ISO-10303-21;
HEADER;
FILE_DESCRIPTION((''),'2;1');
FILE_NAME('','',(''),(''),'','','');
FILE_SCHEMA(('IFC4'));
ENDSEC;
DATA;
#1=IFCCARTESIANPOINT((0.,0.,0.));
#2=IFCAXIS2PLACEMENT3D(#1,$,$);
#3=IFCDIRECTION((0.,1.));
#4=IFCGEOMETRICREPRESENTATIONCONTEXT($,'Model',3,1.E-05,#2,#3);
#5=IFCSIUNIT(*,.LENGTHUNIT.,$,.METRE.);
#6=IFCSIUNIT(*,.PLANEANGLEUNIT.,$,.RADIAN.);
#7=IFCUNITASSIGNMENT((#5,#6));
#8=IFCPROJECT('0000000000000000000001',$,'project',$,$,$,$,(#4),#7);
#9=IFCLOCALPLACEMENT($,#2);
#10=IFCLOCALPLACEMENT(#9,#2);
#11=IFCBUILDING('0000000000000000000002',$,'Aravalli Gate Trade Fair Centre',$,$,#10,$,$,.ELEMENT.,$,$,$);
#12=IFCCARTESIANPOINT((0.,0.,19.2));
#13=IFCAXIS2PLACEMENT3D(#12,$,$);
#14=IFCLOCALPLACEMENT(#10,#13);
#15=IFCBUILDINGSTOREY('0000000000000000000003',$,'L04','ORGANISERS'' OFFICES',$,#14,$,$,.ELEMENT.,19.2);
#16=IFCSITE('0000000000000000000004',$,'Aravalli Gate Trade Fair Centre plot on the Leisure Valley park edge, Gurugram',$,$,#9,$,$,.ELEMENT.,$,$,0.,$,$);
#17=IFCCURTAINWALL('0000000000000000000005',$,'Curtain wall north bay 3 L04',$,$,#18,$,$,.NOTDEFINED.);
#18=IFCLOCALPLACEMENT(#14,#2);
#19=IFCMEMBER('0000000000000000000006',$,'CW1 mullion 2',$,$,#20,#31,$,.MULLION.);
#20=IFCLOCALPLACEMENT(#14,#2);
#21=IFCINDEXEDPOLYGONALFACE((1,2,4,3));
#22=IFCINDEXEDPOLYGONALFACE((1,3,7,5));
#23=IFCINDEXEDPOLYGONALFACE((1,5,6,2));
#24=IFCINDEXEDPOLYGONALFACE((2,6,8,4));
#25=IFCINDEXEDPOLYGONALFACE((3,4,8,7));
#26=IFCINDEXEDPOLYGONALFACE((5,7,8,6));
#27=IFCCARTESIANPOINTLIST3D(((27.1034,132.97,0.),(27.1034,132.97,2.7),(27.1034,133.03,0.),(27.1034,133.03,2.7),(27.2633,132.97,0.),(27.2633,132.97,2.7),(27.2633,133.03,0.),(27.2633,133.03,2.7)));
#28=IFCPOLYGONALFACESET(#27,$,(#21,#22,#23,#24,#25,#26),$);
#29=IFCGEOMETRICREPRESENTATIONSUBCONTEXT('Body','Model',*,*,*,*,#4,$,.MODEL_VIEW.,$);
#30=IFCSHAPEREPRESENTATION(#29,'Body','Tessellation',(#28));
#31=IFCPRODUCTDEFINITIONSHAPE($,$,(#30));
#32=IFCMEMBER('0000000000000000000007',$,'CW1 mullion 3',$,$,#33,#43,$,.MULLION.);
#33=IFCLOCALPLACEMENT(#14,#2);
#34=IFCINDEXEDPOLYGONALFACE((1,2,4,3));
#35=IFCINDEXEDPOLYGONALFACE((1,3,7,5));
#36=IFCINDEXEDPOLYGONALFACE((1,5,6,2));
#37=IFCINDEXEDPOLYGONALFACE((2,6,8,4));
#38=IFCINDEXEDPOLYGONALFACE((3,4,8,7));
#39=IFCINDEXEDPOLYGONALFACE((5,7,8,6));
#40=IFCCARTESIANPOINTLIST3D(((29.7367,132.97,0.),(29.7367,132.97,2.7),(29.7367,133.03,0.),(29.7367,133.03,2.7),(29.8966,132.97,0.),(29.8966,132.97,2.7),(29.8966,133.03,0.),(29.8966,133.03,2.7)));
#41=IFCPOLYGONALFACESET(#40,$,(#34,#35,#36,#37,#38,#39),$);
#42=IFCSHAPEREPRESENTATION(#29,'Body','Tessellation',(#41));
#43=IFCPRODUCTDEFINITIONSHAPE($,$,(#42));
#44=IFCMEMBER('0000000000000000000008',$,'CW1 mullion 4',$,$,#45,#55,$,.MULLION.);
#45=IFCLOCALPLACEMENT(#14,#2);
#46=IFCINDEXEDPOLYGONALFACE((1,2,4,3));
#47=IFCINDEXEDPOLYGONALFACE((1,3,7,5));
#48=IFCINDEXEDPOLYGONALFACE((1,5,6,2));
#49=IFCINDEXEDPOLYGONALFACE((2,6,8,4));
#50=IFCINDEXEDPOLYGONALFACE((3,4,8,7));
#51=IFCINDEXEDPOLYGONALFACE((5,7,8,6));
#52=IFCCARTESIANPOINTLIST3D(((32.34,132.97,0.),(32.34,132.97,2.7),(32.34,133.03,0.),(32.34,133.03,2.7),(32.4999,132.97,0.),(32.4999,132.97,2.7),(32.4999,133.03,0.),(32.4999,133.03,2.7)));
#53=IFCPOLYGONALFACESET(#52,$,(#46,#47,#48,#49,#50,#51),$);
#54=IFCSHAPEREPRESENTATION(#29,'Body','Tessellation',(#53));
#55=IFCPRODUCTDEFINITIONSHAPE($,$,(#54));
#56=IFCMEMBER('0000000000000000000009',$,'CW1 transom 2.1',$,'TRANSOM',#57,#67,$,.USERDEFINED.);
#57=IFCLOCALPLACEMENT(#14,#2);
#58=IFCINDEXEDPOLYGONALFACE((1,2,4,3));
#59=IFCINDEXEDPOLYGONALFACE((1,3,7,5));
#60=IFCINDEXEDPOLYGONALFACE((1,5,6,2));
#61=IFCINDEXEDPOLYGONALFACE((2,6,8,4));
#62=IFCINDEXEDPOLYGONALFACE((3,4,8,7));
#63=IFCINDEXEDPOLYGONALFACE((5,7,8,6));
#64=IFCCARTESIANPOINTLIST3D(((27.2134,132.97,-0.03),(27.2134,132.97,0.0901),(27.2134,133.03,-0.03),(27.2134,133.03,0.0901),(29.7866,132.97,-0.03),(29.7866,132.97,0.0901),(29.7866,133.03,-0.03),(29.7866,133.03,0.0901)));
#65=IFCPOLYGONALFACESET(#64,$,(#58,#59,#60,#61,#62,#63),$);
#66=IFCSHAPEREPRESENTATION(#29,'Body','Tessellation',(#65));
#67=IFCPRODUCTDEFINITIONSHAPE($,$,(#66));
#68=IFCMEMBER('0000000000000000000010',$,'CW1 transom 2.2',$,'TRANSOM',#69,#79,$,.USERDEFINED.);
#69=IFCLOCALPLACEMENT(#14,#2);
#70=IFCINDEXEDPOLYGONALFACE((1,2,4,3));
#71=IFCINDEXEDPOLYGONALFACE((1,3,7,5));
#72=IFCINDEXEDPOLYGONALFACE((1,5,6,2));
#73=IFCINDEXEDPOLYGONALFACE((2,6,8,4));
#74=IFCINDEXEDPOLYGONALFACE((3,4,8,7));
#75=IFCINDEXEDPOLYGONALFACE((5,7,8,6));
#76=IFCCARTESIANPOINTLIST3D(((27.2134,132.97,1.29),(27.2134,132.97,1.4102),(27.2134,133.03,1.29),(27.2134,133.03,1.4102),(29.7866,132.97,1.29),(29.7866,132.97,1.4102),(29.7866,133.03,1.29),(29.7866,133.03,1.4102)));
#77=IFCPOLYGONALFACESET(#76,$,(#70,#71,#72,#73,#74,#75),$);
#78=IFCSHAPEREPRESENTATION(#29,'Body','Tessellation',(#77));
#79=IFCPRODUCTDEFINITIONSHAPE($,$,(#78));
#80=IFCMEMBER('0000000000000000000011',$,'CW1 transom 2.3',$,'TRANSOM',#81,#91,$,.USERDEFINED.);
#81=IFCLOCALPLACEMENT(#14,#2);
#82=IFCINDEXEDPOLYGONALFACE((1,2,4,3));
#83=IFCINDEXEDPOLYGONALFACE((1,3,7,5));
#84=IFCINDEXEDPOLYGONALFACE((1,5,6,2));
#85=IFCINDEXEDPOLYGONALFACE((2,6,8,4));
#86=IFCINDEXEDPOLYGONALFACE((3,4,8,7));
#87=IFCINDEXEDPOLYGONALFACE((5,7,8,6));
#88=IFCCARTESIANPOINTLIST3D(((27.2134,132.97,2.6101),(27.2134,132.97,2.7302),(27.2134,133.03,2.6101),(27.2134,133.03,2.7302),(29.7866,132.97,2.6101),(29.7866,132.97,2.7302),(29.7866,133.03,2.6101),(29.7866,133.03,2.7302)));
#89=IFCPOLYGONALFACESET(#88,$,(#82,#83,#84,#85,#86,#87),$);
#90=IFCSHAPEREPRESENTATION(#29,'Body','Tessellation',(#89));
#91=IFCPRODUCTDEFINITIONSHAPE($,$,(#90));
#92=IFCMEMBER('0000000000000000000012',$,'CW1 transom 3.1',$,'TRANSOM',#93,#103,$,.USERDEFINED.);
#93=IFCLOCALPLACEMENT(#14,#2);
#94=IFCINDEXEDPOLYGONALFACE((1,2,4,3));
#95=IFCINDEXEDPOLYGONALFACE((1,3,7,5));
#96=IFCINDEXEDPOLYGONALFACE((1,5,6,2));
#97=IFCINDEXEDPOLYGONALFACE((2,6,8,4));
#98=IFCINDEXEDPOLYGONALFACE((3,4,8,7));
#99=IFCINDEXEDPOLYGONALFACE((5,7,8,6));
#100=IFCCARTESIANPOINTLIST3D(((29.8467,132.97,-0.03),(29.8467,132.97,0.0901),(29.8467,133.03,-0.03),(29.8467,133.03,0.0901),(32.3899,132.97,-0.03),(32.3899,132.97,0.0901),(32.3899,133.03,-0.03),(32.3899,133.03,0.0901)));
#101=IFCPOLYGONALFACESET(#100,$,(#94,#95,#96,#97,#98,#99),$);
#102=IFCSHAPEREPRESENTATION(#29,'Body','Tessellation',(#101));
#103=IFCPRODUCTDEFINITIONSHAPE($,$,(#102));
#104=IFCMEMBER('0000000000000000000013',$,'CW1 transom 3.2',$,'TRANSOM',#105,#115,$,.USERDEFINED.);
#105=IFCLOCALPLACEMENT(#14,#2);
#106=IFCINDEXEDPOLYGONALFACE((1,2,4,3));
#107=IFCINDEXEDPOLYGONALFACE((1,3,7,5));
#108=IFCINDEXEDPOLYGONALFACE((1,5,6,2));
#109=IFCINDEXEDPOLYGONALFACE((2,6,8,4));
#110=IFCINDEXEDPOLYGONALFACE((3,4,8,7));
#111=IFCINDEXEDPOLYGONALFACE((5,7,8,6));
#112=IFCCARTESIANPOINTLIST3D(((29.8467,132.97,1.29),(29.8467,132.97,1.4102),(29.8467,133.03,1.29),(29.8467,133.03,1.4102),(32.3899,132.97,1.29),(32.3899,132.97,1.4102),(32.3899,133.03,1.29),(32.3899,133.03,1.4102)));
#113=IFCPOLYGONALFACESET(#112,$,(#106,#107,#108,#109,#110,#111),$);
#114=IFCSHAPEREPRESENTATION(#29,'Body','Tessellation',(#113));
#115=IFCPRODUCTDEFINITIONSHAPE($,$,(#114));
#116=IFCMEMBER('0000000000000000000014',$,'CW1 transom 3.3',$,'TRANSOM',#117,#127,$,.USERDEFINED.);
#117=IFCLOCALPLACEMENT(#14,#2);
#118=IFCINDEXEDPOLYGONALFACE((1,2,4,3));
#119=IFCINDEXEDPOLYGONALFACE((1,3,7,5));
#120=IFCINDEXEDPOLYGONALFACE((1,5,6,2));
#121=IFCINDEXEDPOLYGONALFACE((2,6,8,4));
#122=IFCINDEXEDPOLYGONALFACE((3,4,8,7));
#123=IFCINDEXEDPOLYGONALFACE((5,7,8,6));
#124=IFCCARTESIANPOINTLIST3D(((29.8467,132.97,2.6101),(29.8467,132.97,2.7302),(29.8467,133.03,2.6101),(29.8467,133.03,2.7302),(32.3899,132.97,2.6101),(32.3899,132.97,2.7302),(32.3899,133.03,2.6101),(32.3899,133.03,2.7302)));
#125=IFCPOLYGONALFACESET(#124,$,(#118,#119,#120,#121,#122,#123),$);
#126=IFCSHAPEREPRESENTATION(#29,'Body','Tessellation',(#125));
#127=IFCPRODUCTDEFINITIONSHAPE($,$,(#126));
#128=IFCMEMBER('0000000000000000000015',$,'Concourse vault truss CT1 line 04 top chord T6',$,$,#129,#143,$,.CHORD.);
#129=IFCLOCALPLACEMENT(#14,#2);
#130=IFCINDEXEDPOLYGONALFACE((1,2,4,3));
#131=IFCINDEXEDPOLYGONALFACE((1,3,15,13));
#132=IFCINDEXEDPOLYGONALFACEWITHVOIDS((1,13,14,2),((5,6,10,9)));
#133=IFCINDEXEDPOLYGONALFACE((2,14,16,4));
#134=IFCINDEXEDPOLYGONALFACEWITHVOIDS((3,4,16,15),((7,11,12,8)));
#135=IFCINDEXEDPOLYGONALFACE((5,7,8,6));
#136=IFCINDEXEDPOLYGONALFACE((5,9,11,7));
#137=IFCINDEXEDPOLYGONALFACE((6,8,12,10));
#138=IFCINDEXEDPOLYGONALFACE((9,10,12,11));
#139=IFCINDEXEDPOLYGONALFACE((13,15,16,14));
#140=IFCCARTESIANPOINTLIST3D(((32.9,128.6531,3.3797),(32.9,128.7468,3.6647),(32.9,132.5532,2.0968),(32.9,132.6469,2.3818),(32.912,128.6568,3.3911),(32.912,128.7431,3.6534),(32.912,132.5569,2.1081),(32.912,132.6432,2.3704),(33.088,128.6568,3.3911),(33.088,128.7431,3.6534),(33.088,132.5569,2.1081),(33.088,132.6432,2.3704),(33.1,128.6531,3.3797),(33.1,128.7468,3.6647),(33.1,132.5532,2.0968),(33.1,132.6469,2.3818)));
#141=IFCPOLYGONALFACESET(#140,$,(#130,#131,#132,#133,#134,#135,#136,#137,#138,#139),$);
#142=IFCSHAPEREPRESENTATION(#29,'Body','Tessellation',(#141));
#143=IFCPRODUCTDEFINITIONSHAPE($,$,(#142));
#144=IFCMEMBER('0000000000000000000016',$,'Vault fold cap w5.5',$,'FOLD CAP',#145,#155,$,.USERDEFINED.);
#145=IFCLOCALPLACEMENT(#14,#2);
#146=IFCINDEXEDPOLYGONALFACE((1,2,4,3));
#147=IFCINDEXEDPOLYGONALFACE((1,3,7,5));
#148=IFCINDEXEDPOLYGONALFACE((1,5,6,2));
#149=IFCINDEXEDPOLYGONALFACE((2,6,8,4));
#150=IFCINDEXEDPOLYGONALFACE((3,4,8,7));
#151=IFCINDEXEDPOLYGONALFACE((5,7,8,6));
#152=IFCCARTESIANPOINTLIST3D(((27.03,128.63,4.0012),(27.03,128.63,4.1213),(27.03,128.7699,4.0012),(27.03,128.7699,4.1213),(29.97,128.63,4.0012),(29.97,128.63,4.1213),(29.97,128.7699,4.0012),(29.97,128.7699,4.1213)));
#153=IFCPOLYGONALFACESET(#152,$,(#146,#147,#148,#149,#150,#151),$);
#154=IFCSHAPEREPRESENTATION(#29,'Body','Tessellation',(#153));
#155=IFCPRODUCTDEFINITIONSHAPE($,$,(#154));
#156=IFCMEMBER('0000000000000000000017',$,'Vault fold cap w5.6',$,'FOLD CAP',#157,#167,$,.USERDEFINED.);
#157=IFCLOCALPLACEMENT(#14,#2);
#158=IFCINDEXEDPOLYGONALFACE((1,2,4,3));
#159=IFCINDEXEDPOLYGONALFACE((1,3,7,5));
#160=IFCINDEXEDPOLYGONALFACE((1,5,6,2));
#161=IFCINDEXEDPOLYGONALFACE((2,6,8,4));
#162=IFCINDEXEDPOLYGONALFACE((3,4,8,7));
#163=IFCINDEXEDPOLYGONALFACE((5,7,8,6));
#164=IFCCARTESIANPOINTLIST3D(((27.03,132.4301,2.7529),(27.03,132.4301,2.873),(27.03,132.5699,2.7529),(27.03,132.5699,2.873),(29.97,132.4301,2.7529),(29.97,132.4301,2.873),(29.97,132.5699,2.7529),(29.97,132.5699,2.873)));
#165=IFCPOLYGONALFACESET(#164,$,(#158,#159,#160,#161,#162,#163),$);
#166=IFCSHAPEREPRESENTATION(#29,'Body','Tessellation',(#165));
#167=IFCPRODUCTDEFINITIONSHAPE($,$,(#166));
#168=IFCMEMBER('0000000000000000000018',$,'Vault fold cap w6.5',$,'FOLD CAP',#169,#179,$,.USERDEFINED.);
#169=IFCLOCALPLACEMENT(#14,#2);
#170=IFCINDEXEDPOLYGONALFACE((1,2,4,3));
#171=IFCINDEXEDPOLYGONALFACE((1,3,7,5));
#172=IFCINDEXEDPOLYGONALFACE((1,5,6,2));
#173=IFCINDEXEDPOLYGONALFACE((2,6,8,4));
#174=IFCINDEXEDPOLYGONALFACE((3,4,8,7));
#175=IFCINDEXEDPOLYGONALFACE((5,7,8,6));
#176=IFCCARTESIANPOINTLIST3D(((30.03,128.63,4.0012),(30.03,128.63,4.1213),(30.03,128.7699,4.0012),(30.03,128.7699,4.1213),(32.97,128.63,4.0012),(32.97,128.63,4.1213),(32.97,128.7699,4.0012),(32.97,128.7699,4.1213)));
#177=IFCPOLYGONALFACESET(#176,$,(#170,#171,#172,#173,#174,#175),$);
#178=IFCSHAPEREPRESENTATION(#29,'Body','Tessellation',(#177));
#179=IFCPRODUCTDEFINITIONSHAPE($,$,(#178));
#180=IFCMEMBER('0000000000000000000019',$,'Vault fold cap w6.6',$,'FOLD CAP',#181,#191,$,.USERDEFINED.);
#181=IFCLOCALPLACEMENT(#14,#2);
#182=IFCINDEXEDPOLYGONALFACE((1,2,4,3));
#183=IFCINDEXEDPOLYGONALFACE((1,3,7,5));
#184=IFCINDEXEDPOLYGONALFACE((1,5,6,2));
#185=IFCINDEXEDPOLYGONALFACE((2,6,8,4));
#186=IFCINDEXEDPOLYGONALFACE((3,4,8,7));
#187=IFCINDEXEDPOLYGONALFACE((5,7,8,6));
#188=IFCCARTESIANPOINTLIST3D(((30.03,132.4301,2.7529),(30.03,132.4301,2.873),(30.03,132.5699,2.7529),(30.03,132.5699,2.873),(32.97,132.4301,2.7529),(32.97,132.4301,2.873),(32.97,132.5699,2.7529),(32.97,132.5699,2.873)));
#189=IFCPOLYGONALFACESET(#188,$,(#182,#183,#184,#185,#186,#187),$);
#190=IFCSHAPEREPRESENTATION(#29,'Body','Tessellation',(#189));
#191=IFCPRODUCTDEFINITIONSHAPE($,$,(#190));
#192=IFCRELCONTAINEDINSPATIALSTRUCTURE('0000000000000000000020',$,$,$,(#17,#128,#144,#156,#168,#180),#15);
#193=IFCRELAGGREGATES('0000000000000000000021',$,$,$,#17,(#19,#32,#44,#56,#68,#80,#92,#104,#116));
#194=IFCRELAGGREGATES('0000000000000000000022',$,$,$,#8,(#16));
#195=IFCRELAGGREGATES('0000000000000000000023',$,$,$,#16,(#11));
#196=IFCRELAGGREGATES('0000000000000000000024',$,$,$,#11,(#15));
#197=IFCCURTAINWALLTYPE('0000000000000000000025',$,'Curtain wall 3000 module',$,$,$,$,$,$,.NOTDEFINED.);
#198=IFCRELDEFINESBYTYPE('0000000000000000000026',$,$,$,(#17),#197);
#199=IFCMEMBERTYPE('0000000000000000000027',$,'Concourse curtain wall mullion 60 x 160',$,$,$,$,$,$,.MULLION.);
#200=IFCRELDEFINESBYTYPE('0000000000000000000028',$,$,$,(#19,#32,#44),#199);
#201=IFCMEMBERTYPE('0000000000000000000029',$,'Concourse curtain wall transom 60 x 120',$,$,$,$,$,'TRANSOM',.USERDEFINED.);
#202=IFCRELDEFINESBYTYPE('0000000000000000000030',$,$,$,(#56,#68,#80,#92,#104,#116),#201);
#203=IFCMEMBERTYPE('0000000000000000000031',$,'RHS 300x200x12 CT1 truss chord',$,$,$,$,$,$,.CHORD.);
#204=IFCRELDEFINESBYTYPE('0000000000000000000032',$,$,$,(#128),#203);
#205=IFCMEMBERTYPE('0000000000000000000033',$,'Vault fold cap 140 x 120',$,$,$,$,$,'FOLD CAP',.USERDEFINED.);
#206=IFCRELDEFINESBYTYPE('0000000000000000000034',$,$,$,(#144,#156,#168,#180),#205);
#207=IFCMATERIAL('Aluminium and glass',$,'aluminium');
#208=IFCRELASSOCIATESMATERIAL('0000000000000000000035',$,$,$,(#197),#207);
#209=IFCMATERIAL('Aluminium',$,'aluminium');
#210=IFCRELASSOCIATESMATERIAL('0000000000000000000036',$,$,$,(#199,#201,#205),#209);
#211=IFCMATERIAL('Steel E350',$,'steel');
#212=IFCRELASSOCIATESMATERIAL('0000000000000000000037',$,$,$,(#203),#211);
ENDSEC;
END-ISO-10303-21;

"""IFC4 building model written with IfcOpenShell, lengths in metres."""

from ifc_helpers import new_model, si_unit, direction, frame, origin, origin_2d, place, context, subcontext, project, spatial, rectangle, hollow_rectangle, extrude, material, material_profile, profile_set, type_object, element, aggregate, save


model = new_model("IFC4")

# Units and contexts
model_context = context("Model", 3, precision=1e-05, world=origin(), true_north=direction((0.0, 1.0)))
body_context = subcontext(model_context, "Body", "Model", "MODEL_VIEW")
ifc_project = project(units=[si_unit("LENGTHUNIT", "METRE"), si_unit("PLANEANGLEUNIT", "RADIAN")], contexts=[model_context])

# Site, building, storey
site_placement = place(None, origin())
site = spatial("IfcSite", under=ifc_project, at=site_placement, Name="Aravalli Gate Trade Fair Centre plot on the Leisure Valley park edge, Gurugram", CompositionType="ELEMENT", RefElevation=0.0)
building_placement = place(site_placement, origin())
building = spatial("IfcBuilding", under=site, at=building_placement, Name="Aravalli Gate Trade Fair Centre", CompositionType="ELEMENT")
storey_placement = place(building_placement, frame((0.0, 0.0, 19.2)))
storey = spatial("IfcBuildingStorey", under=building, at=storey_placement, Name="L04", Description="ORGANISERS' OFFICES", CompositionType="ELEMENT", Elevation=19.2)

# Curtain wall, members
ifc_material_1 = material(Name="Aluminium and glass", Category="aluminium")
curtain_wall_type_1 = type_object("IfcCurtainWallType", Name="Curtain wall 3000 module", PredefinedType="NOTDEFINED", material=ifc_material_1)
curtain_wall_1_placement = place(storey_placement, origin())
curtain_wall_1 = element("IfcCurtainWall", 1, at=curtain_wall_1_placement, inside=storey, type_object=curtain_wall_type_1, Name="Curtain wall north bay 3 L04", PredefinedType="NOTDEFINED")
ifc_material_2 = material(Name="Aluminium", Category="aluminium")
ifc_material_profile_1 = material_profile(ifc_material_2, rectangle(XDim=0.0601, YDim=0.1599, at=origin_2d()), Name="Concourse curtain wall mullion 60 x 160")
ifc_profile_set_1 = profile_set([ifc_material_profile_1], Name="Aluminium")
member_type_1 = type_object("IfcMemberType", Name="Concourse curtain wall mullion 60 x 160", PredefinedType="MULLION", material=ifc_profile_set_1)
member_1_placement = place(storey_placement, frame((27.1833, 133.0, 0.0), z_axis=(0.0, 0.0, 1.0), x_axis=(0.0, 1.0, 0.0)))
member_1 = element("IfcMember", 2, at=member_1_placement, type_object=member_type_1, Name="CW1 mullion 2", PredefinedType="MULLION", context=body_context, shape_type="SweptSolid", body=[
    extrude(rectangle(XDim=0.0601, YDim=0.1599, at=origin_2d()), origin(), (0.0, 0.0, 1.0), 2.7),
])
member_2_placement = place(storey_placement, frame((29.8167, 133.0, 0.0), z_axis=(0.0, 0.0, 1.0), x_axis=(0.0, 1.0, 0.0)))
member_2 = element("IfcMember", 3, at=member_2_placement, type_object=member_type_1, Name="CW1 mullion 3", PredefinedType="MULLION", context=body_context, shape_type="SweptSolid", body=[
    extrude(rectangle(XDim=0.0601, YDim=0.1599, at=origin_2d()), origin(), (0.0, 0.0, 1.0), 2.7),
])
member_3_placement = place(storey_placement, frame((32.4199, 133.0, 0.0), z_axis=(0.0, 0.0, 1.0), x_axis=(0.0, 1.0, 0.0)))
member_3 = element("IfcMember", 4, at=member_3_placement, type_object=member_type_1, Name="CW1 mullion 4", PredefinedType="MULLION", context=body_context, shape_type="SweptSolid", body=[
    extrude(rectangle(XDim=0.0601, YDim=0.1599, at=origin_2d()), origin(), (0.0, 0.0, 1.0), 2.7),
])
ifc_material_profile_2 = material_profile(ifc_material_2, rectangle(XDim=0.0601, YDim=0.1201, at=origin_2d()), Name="Concourse curtain wall transom 60 x 120")
ifc_profile_set_2 = profile_set([ifc_material_profile_2], Name="Aluminium")
member_type_2 = type_object("IfcMemberType", Name="Concourse curtain wall transom 60 x 120", ElementType="TRANSOM", PredefinedType="USERDEFINED", material=ifc_profile_set_2)
member_4_placement = place(storey_placement, frame((27.2134, 133.0, 0.03), z_axis=(1.0, 0.0, 0.0), x_axis=(0.0, 1.0, 0.0)))
member_4 = element("IfcMember", 5, at=member_4_placement, type_object=member_type_2, Name="CW1 transom 2.1", ObjectType="TRANSOM", PredefinedType="USERDEFINED", context=body_context, shape_type="SweptSolid", body=[
    extrude(rectangle(XDim=0.0601, YDim=0.1201, at=origin_2d()), origin(), (0.0, 0.0, 1.0), 2.5732),
])
member_5_placement = place(storey_placement, frame((27.2134, 133.0, 1.3501), z_axis=(1.0, 0.0, 0.0), x_axis=(0.0, 1.0, 0.0)))
member_5 = element("IfcMember", 6, at=member_5_placement, type_object=member_type_2, Name="CW1 transom 2.2", ObjectType="TRANSOM", PredefinedType="USERDEFINED", context=body_context, shape_type="SweptSolid", body=[
    extrude(rectangle(XDim=0.0601, YDim=0.1201, at=origin_2d()), origin(), (0.0, 0.0, 1.0), 2.5732),
])
member_6_placement = place(storey_placement, frame((27.2134, 133.0, 2.6702), z_axis=(1.0, 0.0, 0.0), x_axis=(0.0, 1.0, 0.0)))
member_6 = element("IfcMember", 7, at=member_6_placement, type_object=member_type_2, Name="CW1 transom 2.3", ObjectType="TRANSOM", PredefinedType="USERDEFINED", context=body_context, shape_type="SweptSolid", body=[
    extrude(rectangle(XDim=0.0601, YDim=0.1201, at=origin_2d()), origin(), (0.0, 0.0, 1.0), 2.5732),
])
member_7_placement = place(storey_placement, frame((29.8467, 133.0, 0.03), z_axis=(1.0, 0.0, 0.0), x_axis=(0.0, 1.0, 0.0)))
member_7 = element("IfcMember", 8, at=member_7_placement, type_object=member_type_2, Name="CW1 transom 3.1", ObjectType="TRANSOM", PredefinedType="USERDEFINED", context=body_context, shape_type="SweptSolid", body=[
    extrude(rectangle(XDim=0.0601, YDim=0.1201, at=origin_2d()), origin(), (0.0, 0.0, 1.0), 2.5432),
])
member_8_placement = place(storey_placement, frame((29.8467, 133.0, 1.3501), z_axis=(1.0, 0.0, 0.0), x_axis=(0.0, 1.0, 0.0)))
member_8 = element("IfcMember", 9, at=member_8_placement, type_object=member_type_2, Name="CW1 transom 3.2", ObjectType="TRANSOM", PredefinedType="USERDEFINED", context=body_context, shape_type="SweptSolid", body=[
    extrude(rectangle(XDim=0.0601, YDim=0.1201, at=origin_2d()), origin(), (0.0, 0.0, 1.0), 2.5432),
])
member_9_placement = place(storey_placement, frame((29.8467, 133.0, 2.6702), z_axis=(1.0, 0.0, 0.0), x_axis=(0.0, 1.0, 0.0)))
member_9 = element("IfcMember", 10, at=member_9_placement, type_object=member_type_2, Name="CW1 transom 3.3", ObjectType="TRANSOM", PredefinedType="USERDEFINED", context=body_context, shape_type="SweptSolid", body=[
    extrude(rectangle(XDim=0.0601, YDim=0.1201, at=origin_2d()), origin(), (0.0, 0.0, 1.0), 2.5432),
])

# Members
ifc_material_3 = material(Name="Steel E350", Category="steel")
ifc_material_profile_3 = material_profile(ifc_material_3, hollow_rectangle(XDim=0.2, YDim=0.3, WallThickness=0.012, at=origin_2d()), Name="RHS 300x200x12")
ifc_profile_set_3 = profile_set([ifc_material_profile_3], Name="Steel E350")
member_type_3 = type_object("IfcMemberType", Name="RHS 300x200x12 CT1 truss chord", PredefinedType="CHORD", material=ifc_profile_set_3)
member_10_placement = place(storey_placement, frame((33.0, 128.7, 3.5222), z_axis=(0.0, 0.949925, -0.312479), x_axis=(-1.0, 0.0, 0.0)))
element("IfcMember", 11, at=member_10_placement, inside=storey, type_object=member_type_3, Name="Concourse vault truss CT1 line 04 top chord T6", PredefinedType="CHORD", context=body_context, shape_type="SweptSolid", body=[
    extrude(hollow_rectangle(XDim=0.2, YDim=0.3, WallThickness=0.012, at=origin_2d()), origin(), (0.0, 0.0, 1.0), 4.1057),
])
ifc_material_profile_4 = material_profile(ifc_material_2, rectangle(XDim=0.1399, YDim=0.1201, at=origin_2d()), Name="Vault fold cap 140 x 120")
ifc_profile_set_4 = profile_set([ifc_material_profile_4], Name="Aluminium")
member_type_4 = type_object("IfcMemberType", Name="Vault fold cap 140 x 120", ElementType="FOLD CAP", PredefinedType="USERDEFINED", material=ifc_profile_set_4)
for number, where, z_axis, x_axis, name in (
    (12, (27.03, 128.7, 4.0613), (1.0, 0.0, 0.0), (0.0, 1.0, 0.0), "Vault fold cap w5.5"),
    (13, (27.03, 132.5, 2.813), (1.0, 0.0, 0.0), (0.0, 1.0, 0.0), "Vault fold cap w5.6"),
    (14, (30.03, 128.7, 4.0613), (1.0, 0.0, 0.0), (0.0, 1.0, 0.0), "Vault fold cap w6.5"),
    (15, (30.03, 132.5, 2.813), (1.0, 0.0, 0.0), (0.0, 1.0, 0.0), "Vault fold cap w6.6"),
):
    element("IfcMember", number, at=place(storey_placement, frame(where, z_axis=z_axis, x_axis=x_axis)), inside=storey, type_object=member_type_4, Name=name, ObjectType="FOLD CAP", PredefinedType="USERDEFINED", context=body_context, shape_type="SweptSolid", body=[
        extrude(rectangle(XDim=0.1399, YDim=0.1201, at=origin_2d()), origin(), (0.0, 0.0, 1.0), 2.9399),
    ])

aggregate(curtain_wall_1, [member_1, member_2, member_3, member_4, member_5, member_6, member_7, member_8, member_9])

save(model, "model.ifc")
